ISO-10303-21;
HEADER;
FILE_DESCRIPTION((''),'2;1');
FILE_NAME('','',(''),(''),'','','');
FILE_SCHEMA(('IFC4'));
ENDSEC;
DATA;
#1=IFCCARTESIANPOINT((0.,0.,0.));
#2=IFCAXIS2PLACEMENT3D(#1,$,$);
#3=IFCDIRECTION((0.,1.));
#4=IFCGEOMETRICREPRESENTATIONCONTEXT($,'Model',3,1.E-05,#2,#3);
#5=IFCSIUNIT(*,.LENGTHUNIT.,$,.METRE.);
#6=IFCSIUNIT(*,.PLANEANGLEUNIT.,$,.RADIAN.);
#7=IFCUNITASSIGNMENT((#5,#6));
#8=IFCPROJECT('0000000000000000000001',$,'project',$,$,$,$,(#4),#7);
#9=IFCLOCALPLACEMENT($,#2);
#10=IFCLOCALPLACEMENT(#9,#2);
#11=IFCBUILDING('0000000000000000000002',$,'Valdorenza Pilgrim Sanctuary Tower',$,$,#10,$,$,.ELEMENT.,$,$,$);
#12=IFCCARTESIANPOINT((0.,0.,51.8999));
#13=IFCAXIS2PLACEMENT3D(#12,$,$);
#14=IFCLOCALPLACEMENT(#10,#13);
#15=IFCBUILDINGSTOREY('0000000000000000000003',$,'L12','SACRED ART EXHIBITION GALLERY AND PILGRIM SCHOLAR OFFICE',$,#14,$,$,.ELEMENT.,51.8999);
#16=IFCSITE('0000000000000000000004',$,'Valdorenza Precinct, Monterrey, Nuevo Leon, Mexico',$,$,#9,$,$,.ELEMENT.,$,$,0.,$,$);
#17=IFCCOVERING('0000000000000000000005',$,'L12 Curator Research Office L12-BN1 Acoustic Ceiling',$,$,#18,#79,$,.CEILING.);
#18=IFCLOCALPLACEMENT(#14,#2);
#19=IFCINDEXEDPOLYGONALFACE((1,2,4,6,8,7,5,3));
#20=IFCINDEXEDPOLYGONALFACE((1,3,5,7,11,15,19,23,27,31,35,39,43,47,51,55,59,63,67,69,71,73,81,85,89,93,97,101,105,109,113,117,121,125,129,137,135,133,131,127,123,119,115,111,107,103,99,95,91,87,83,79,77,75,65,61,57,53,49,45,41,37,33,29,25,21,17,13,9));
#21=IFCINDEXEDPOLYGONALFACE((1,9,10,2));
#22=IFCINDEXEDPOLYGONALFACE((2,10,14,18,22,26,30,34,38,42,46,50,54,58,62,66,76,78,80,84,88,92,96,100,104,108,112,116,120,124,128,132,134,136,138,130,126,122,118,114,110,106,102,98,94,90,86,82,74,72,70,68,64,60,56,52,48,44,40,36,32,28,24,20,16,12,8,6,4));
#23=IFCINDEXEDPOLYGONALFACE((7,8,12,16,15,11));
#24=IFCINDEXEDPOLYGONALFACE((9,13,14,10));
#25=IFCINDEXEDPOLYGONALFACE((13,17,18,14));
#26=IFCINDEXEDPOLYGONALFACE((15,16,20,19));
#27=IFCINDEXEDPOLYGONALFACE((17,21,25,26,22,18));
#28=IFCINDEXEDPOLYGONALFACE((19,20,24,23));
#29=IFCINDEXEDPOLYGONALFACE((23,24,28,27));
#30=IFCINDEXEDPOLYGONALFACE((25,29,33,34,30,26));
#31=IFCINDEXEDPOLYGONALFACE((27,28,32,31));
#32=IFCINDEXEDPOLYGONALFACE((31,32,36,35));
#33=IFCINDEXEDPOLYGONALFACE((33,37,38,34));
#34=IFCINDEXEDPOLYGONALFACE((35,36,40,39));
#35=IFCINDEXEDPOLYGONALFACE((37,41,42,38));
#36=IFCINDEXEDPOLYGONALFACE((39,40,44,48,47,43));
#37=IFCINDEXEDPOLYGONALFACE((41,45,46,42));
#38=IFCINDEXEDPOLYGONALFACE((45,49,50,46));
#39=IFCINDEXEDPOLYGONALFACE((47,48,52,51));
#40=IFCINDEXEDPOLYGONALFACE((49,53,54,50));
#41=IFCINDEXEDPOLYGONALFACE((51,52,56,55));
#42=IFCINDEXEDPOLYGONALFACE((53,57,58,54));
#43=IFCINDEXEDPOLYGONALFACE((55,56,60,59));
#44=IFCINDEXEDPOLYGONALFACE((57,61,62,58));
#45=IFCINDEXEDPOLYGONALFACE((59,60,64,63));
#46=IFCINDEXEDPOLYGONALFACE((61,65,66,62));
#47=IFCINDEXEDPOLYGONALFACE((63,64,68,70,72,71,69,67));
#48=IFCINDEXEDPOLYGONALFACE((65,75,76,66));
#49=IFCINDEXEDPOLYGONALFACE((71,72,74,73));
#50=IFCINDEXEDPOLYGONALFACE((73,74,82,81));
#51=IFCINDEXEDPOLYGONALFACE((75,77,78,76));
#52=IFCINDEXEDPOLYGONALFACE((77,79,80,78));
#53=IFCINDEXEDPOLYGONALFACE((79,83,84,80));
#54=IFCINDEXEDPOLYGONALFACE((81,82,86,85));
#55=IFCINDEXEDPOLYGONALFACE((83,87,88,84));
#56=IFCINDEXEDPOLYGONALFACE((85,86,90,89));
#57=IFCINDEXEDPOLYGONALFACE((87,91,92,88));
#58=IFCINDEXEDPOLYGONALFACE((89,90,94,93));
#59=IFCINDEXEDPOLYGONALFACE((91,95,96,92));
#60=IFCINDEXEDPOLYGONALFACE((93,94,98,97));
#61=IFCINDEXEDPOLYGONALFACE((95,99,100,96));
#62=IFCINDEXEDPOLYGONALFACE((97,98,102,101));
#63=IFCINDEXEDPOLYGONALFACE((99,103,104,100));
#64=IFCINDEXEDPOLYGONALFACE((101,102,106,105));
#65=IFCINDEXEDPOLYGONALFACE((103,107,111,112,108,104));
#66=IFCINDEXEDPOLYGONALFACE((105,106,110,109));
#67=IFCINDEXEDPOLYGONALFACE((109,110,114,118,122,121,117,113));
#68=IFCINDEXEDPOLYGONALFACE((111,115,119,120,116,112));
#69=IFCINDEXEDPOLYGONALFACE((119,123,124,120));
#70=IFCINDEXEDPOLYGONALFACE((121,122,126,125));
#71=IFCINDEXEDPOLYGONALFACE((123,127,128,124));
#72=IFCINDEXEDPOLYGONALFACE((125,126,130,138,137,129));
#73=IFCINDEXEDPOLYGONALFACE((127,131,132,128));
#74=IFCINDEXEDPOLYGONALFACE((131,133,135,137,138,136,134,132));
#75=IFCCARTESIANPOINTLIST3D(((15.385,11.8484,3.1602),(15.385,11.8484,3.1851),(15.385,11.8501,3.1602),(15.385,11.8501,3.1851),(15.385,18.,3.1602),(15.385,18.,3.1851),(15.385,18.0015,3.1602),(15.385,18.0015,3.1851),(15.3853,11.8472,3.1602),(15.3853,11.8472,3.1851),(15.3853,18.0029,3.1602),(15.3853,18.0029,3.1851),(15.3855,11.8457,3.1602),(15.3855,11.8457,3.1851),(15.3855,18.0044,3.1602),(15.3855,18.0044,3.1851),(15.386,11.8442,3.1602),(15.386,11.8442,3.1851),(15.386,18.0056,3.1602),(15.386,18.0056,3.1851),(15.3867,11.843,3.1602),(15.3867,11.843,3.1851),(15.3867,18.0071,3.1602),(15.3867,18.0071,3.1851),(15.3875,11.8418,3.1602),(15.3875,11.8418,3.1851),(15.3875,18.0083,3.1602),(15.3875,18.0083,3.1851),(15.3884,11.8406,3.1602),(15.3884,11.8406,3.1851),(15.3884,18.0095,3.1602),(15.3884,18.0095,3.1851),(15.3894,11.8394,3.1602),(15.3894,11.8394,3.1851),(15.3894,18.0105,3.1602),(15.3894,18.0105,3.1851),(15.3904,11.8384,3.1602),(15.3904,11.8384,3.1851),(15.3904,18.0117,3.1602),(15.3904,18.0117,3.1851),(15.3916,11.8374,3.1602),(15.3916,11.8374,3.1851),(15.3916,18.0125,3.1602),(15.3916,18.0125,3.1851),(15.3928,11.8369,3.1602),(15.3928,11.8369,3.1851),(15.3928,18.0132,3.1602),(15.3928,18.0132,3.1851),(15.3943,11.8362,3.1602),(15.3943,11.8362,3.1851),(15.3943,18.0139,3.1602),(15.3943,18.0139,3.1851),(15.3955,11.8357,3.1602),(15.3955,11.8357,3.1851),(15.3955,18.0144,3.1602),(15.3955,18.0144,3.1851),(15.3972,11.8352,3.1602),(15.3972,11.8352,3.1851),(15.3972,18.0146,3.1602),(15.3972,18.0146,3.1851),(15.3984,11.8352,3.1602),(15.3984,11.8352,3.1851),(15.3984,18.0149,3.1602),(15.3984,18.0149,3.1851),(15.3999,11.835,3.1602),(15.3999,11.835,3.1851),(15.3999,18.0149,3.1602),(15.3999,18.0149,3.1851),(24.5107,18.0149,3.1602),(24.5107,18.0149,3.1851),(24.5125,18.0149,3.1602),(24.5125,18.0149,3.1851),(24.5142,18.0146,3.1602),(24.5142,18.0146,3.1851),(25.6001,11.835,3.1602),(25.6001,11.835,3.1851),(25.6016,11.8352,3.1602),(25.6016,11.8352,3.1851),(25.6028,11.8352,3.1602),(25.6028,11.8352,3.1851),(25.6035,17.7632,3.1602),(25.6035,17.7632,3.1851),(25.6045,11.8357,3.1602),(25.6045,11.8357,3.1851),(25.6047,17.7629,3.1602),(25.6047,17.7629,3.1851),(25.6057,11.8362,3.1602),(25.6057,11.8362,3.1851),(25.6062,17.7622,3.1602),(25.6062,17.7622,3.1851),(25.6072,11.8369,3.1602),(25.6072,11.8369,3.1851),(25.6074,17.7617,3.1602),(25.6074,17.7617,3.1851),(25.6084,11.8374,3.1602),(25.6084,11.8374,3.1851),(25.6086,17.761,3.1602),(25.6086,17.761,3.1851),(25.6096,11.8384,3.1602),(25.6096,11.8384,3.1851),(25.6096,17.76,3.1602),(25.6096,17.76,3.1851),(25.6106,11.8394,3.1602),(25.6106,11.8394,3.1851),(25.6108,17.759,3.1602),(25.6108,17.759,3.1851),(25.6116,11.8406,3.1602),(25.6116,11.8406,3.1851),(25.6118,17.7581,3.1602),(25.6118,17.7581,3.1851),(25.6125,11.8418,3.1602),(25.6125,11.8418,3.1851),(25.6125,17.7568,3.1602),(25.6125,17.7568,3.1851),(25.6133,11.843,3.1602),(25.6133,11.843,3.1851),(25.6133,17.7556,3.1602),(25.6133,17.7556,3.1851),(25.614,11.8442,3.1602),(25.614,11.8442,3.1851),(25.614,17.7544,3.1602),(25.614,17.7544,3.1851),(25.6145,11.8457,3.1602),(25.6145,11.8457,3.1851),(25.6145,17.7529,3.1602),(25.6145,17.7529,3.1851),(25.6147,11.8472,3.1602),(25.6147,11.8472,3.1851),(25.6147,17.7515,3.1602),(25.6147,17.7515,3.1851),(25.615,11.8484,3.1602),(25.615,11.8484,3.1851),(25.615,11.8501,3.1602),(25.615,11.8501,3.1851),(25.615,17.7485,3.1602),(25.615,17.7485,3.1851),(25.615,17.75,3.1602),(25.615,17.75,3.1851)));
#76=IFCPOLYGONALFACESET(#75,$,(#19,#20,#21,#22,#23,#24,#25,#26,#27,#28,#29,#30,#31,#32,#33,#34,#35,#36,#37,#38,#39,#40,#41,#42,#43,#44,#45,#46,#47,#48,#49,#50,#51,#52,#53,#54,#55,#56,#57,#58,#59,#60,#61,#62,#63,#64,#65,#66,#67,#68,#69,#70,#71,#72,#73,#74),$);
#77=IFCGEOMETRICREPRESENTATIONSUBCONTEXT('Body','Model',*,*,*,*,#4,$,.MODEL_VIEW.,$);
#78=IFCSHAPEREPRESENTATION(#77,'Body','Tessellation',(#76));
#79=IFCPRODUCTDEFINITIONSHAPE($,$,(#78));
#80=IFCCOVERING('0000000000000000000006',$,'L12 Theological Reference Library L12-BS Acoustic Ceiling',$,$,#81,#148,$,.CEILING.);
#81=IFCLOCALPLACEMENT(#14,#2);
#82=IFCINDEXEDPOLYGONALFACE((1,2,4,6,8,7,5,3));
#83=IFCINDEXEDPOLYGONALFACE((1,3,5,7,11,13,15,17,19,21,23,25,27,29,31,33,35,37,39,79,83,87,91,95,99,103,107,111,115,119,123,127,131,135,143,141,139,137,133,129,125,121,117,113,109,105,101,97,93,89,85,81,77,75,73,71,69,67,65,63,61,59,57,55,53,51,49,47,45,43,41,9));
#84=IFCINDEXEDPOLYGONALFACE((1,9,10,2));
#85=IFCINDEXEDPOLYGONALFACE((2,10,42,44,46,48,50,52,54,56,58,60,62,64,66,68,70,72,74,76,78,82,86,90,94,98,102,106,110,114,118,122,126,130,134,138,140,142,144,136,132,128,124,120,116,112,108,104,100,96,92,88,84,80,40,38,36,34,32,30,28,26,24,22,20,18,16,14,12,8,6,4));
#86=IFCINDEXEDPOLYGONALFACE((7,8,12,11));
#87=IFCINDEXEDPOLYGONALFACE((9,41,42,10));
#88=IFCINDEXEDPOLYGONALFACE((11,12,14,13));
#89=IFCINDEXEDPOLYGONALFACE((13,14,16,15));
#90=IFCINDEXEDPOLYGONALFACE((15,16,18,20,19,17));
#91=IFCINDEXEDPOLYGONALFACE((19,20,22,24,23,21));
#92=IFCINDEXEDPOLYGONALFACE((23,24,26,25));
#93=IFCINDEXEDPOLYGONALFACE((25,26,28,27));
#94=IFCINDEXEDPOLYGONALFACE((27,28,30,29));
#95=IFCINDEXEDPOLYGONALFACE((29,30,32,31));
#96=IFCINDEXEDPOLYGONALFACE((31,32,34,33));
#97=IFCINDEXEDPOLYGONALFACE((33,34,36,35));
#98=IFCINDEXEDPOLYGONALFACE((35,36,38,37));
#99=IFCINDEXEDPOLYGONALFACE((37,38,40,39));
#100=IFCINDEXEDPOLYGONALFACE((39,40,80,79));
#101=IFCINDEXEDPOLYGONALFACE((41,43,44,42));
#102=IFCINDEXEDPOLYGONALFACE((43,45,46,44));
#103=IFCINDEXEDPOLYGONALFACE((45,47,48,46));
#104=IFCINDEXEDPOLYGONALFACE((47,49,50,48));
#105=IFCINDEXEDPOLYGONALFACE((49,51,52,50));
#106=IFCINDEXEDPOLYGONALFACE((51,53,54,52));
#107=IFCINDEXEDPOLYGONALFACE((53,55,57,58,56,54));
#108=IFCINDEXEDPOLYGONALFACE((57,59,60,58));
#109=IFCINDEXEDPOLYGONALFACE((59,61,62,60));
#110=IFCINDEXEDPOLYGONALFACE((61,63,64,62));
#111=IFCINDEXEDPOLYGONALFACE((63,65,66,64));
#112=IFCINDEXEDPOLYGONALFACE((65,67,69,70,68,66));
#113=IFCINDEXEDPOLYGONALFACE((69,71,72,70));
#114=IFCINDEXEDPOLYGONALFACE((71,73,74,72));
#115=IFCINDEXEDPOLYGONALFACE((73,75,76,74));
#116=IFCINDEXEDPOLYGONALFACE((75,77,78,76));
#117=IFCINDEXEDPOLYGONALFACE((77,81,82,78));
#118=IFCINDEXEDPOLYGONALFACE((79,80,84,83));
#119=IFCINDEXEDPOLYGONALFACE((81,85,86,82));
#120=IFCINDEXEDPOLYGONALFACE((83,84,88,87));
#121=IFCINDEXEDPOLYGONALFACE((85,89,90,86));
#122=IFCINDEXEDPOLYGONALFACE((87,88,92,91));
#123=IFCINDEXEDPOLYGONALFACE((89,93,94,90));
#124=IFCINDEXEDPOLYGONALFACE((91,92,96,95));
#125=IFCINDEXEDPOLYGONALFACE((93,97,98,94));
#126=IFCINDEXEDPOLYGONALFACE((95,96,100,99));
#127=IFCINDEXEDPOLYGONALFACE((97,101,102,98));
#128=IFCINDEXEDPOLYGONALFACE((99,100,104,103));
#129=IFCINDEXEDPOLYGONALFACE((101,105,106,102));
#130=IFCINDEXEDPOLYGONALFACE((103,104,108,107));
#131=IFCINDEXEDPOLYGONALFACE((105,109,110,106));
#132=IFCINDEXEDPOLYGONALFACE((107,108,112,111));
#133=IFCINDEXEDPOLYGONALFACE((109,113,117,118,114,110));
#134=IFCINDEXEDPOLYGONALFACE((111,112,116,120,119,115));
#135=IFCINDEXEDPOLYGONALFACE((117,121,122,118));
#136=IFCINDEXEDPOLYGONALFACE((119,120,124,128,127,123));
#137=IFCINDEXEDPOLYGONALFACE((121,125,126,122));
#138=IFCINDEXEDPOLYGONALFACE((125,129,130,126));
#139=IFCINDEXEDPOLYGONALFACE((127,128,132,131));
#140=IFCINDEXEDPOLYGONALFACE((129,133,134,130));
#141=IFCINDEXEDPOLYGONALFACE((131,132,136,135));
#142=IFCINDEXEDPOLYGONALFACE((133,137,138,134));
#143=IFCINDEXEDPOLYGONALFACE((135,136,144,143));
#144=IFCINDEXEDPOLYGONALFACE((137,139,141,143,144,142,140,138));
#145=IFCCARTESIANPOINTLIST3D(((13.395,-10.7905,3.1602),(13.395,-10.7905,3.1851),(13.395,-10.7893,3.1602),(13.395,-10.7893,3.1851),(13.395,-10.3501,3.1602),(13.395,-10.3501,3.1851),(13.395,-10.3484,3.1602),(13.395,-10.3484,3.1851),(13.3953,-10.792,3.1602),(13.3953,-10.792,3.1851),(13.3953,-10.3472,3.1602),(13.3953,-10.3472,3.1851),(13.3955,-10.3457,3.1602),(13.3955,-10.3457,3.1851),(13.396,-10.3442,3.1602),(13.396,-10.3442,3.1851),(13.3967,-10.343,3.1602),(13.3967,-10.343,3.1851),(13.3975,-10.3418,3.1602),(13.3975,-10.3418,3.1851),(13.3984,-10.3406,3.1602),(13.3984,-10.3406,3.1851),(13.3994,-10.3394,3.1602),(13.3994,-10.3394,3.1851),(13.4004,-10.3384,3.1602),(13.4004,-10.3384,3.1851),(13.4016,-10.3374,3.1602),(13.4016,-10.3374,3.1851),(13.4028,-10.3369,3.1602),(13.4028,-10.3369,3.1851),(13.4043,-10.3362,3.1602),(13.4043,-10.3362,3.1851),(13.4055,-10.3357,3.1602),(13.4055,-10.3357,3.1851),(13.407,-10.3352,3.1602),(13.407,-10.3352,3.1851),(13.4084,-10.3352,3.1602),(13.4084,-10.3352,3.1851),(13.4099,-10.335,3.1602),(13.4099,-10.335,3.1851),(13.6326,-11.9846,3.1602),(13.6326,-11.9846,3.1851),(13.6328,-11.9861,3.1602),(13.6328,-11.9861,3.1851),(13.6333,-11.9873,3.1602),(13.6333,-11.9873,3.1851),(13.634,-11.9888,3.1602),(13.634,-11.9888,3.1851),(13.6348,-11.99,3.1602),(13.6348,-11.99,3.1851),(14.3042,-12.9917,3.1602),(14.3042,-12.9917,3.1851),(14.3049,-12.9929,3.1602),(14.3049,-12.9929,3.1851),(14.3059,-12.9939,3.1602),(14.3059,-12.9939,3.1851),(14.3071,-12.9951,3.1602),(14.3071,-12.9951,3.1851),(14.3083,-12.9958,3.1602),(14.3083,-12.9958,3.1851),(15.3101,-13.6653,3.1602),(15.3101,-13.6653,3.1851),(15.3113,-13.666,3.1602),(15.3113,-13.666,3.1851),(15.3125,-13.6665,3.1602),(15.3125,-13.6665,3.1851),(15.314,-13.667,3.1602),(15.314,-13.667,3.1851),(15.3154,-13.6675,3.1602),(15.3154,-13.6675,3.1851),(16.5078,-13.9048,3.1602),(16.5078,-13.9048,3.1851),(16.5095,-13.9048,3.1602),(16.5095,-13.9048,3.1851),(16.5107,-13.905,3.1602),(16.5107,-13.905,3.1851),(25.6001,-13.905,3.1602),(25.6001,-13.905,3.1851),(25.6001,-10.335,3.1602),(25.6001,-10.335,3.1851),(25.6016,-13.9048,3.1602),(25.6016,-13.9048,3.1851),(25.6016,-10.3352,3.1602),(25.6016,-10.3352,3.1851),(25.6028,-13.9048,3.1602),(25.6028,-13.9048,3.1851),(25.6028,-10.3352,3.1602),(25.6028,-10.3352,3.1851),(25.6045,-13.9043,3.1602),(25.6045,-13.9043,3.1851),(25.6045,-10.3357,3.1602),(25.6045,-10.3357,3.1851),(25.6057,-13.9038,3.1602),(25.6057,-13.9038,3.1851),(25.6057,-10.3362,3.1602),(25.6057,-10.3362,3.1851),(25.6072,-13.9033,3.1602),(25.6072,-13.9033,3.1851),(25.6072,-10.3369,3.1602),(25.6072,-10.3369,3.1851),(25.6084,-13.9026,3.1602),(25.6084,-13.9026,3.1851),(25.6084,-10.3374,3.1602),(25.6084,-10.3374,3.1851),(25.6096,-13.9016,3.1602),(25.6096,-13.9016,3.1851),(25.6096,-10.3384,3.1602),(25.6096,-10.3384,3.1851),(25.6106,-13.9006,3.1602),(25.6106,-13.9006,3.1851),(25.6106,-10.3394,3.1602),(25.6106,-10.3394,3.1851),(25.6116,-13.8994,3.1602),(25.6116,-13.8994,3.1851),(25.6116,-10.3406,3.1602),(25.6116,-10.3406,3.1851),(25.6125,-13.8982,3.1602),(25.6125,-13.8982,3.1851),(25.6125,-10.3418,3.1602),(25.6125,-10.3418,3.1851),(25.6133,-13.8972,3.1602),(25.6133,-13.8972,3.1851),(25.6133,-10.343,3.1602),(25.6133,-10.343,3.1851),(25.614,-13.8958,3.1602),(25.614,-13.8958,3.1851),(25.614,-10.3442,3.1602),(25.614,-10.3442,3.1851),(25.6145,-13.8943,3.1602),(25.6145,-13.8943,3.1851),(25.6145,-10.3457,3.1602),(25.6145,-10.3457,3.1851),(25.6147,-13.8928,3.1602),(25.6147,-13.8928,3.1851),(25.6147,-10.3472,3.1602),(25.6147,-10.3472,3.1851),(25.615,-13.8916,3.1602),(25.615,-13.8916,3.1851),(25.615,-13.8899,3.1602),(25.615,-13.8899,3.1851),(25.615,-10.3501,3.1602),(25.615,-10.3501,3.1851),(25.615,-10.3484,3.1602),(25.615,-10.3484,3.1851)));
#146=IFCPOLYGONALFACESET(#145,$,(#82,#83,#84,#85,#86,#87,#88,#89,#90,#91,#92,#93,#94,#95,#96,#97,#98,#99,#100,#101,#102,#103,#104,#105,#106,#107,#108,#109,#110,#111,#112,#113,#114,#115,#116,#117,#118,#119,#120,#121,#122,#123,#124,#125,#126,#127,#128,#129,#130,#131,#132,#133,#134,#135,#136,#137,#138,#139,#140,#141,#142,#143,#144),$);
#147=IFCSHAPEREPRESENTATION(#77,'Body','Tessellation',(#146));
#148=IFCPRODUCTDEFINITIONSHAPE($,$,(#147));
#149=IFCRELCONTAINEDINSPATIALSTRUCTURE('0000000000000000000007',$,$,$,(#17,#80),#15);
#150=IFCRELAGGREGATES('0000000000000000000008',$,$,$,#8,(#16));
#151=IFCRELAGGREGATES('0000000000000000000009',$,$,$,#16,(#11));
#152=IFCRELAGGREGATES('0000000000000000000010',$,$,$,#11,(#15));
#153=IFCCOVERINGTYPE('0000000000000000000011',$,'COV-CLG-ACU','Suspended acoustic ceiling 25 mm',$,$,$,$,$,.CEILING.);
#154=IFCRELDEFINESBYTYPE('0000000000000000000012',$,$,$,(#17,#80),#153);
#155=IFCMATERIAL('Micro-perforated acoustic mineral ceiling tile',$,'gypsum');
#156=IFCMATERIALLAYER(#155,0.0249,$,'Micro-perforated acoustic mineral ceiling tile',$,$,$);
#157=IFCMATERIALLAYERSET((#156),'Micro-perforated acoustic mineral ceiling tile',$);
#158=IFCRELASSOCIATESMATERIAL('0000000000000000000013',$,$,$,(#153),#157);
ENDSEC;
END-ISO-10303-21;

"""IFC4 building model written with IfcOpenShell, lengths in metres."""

from ifc_helpers import new_model, si_unit, direction, frame, origin, place, context, subcontext, project, spatial, polyline, outline, extrude, material, layer, layer_set, type_object, element, save


model = new_model("IFC4")

# Units and contexts
model_context = context("Model", 3, precision=1e-05, world=origin(), true_north=direction((0.0, 1.0)))
body_context = subcontext(model_context, "Body", "Model", "MODEL_VIEW")
ifc_project = project(units=[si_unit("LENGTHUNIT", "METRE"), si_unit("PLANEANGLEUNIT", "RADIAN")], contexts=[model_context])

# Site, building, storey
site_placement = place(None, origin())
site = spatial("IfcSite", under=ifc_project, at=site_placement, Name="Valdorenza Precinct, Monterrey, Nuevo Leon, Mexico", CompositionType="ELEMENT", RefElevation=0.0)
building_placement = place(site_placement, origin())
building = spatial("IfcBuilding", under=site, at=building_placement, Name="Valdorenza Pilgrim Sanctuary Tower", CompositionType="ELEMENT")
storey_placement = place(building_placement, frame((0.0, 0.0, 51.8999)))
storey = spatial("IfcBuildingStorey", under=building, at=storey_placement, Name="L12", Description="SACRED ART EXHIBITION GALLERY AND PILGRIM SCHOLAR OFFICE", CompositionType="ELEMENT", Elevation=51.8999)

# Coverings
ifc_material_1 = material(Name="Micro-perforated acoustic mineral ceiling tile", Category="gypsum")
ifc_layer_1 = layer(ifc_material_1, 0.0249, Name="Micro-perforated acoustic mineral ceiling tile")
ifc_layer_set_1 = layer_set([ifc_layer_1], Name="Micro-perforated acoustic mineral ceiling tile")
covering_type_1 = type_object("IfcCoveringType", Name="COV-CLG-ACU", Description="Suspended acoustic ceiling 25 mm", PredefinedType="CEILING", material=ifc_layer_set_1)
covering_1_placement = place(storey_placement, frame((0.0, 0.0, 3.1602)))
element("IfcCovering", 1, at=covering_1_placement, inside=storey, type_object=covering_type_1, Name="L12 Curator Research Office L12-BN1 Acoustic Ceiling", PredefinedType="CEILING", context=body_context, shape_type="SweptSolid", body=[
    extrude(outline(polyline([(15.3999, 11.835), (15.3984, 11.8352), (15.3972, 11.8352), (15.3955, 11.8357), (15.3943, 11.8362), (15.3928, 11.8369), (15.3916, 11.8374), (15.3904, 11.8384), (15.3894, 11.8394), (15.3884, 11.8406), (15.3875, 11.8418), (15.3867, 11.843), (15.386, 11.8442), (15.3855, 11.8457), (15.3853, 11.8472), (15.385, 11.8484), (15.385, 11.8501), (15.385, 18.0), (15.385, 18.0015), (15.3853, 18.0029), (15.3855, 18.0044), (15.386, 18.0056), (15.3867, 18.0071), (15.3875, 18.0083), (15.3884, 18.0095), (15.3894, 18.0105), (15.3904, 18.0117), (15.3916, 18.0125), (15.3928, 18.0132), (15.3943, 18.0139), (15.3955, 18.0144), (15.3972, 18.0146), (15.3984, 18.0149), (15.3999, 18.0149), (24.5107, 18.0149), (24.5125, 18.0149), (24.5142, 18.0146), (25.6035, 17.7632), (25.6047, 17.7629), (25.6062, 17.7622), (25.6074, 17.7617), (25.6086, 17.761), (25.6096, 17.76), (25.6108, 17.759), (25.6118, 17.7581), (25.6125, 17.7568), (25.6133, 17.7556), (25.614, 17.7544), (25.6145, 17.7529), (25.6147, 17.7515), (25.615, 17.75), (25.615, 17.7485), (25.615, 11.8501), (25.615, 11.8484), (25.6147, 11.8472), (25.6145, 11.8457), (25.614, 11.8442), (25.6133, 11.843), (25.6125, 11.8418), (25.6116, 11.8406), (25.6106, 11.8394), (25.6096, 11.8384), (25.6084, 11.8374), (25.6072, 11.8369), (25.6057, 11.8362), (25.6045, 11.8357), (25.6028, 11.8352), (25.6016, 11.8352), (25.6001, 11.835), (15.3999, 11.835)])), origin(), (0.0, 0.0, 1.0), 0.0249),
])
covering_2_placement = place(storey_placement, frame((0.0, 0.0, 3.1602)))
element("IfcCovering", 2, at=covering_2_placement, inside=storey, type_object=covering_type_1, Name="L12 Theological Reference Library L12-BS Acoustic Ceiling", PredefinedType="CEILING", context=body_context, shape_type="SweptSolid", body=[
    extrude(outline(polyline([(25.615, -13.8899), (25.615, -13.8916), (25.6147, -13.8928), (25.6145, -13.8943), (25.614, -13.8958), (25.6133, -13.8972), (25.6125, -13.8982), (25.6116, -13.8994), (25.6106, -13.9006), (25.6096, -13.9016), (25.6084, -13.9026), (25.6072, -13.9033), (25.6057, -13.9038), (25.6045, -13.9043), (25.6028, -13.9048), (25.6016, -13.9048), (25.6001, -13.905), (16.5107, -13.905), (16.5095, -13.9048), (16.5078, -13.9048), (15.3154, -13.6675), (15.314, -13.667), (15.3125, -13.6665), (15.3113, -13.666), (15.3101, -13.6653), (14.3083, -12.9958), (14.3071, -12.9951), (14.3059, -12.9939), (14.3049, -12.9929), (14.3042, -12.9917), (13.6348, -11.99), (13.634, -11.9888), (13.6333, -11.9873), (13.6328, -11.9861), (13.6326, -11.9846), (13.3953, -10.792), (13.395, -10.7905), (13.395, -10.7893), (13.395, -10.3501), (13.395, -10.3484), (13.3953, -10.3472), (13.3955, -10.3457), (13.396, -10.3442), (13.3967, -10.343), (13.3975, -10.3418), (13.3984, -10.3406), (13.3994, -10.3394), (13.4004, -10.3384), (13.4016, -10.3374), (13.4028, -10.3369), (13.4043, -10.3362), (13.4055, -10.3357), (13.407, -10.3352), (13.4084, -10.3352), (13.4099, -10.335), (25.6001, -10.335), (25.6016, -10.3352), (25.6028, -10.3352), (25.6045, -10.3357), (25.6057, -10.3362), (25.6072, -10.3369), (25.6084, -10.3374), (25.6096, -10.3384), (25.6106, -10.3394), (25.6116, -10.3406), (25.6125, -10.3418), (25.6133, -10.343), (25.614, -10.3442), (25.6145, -10.3457), (25.6147, -10.3472), (25.615, -10.3484), (25.615, -10.3501), (25.615, -13.8899)])), origin(), (0.0, 0.0, 1.0), 0.0249),
])

save(model, "model.ifc")
